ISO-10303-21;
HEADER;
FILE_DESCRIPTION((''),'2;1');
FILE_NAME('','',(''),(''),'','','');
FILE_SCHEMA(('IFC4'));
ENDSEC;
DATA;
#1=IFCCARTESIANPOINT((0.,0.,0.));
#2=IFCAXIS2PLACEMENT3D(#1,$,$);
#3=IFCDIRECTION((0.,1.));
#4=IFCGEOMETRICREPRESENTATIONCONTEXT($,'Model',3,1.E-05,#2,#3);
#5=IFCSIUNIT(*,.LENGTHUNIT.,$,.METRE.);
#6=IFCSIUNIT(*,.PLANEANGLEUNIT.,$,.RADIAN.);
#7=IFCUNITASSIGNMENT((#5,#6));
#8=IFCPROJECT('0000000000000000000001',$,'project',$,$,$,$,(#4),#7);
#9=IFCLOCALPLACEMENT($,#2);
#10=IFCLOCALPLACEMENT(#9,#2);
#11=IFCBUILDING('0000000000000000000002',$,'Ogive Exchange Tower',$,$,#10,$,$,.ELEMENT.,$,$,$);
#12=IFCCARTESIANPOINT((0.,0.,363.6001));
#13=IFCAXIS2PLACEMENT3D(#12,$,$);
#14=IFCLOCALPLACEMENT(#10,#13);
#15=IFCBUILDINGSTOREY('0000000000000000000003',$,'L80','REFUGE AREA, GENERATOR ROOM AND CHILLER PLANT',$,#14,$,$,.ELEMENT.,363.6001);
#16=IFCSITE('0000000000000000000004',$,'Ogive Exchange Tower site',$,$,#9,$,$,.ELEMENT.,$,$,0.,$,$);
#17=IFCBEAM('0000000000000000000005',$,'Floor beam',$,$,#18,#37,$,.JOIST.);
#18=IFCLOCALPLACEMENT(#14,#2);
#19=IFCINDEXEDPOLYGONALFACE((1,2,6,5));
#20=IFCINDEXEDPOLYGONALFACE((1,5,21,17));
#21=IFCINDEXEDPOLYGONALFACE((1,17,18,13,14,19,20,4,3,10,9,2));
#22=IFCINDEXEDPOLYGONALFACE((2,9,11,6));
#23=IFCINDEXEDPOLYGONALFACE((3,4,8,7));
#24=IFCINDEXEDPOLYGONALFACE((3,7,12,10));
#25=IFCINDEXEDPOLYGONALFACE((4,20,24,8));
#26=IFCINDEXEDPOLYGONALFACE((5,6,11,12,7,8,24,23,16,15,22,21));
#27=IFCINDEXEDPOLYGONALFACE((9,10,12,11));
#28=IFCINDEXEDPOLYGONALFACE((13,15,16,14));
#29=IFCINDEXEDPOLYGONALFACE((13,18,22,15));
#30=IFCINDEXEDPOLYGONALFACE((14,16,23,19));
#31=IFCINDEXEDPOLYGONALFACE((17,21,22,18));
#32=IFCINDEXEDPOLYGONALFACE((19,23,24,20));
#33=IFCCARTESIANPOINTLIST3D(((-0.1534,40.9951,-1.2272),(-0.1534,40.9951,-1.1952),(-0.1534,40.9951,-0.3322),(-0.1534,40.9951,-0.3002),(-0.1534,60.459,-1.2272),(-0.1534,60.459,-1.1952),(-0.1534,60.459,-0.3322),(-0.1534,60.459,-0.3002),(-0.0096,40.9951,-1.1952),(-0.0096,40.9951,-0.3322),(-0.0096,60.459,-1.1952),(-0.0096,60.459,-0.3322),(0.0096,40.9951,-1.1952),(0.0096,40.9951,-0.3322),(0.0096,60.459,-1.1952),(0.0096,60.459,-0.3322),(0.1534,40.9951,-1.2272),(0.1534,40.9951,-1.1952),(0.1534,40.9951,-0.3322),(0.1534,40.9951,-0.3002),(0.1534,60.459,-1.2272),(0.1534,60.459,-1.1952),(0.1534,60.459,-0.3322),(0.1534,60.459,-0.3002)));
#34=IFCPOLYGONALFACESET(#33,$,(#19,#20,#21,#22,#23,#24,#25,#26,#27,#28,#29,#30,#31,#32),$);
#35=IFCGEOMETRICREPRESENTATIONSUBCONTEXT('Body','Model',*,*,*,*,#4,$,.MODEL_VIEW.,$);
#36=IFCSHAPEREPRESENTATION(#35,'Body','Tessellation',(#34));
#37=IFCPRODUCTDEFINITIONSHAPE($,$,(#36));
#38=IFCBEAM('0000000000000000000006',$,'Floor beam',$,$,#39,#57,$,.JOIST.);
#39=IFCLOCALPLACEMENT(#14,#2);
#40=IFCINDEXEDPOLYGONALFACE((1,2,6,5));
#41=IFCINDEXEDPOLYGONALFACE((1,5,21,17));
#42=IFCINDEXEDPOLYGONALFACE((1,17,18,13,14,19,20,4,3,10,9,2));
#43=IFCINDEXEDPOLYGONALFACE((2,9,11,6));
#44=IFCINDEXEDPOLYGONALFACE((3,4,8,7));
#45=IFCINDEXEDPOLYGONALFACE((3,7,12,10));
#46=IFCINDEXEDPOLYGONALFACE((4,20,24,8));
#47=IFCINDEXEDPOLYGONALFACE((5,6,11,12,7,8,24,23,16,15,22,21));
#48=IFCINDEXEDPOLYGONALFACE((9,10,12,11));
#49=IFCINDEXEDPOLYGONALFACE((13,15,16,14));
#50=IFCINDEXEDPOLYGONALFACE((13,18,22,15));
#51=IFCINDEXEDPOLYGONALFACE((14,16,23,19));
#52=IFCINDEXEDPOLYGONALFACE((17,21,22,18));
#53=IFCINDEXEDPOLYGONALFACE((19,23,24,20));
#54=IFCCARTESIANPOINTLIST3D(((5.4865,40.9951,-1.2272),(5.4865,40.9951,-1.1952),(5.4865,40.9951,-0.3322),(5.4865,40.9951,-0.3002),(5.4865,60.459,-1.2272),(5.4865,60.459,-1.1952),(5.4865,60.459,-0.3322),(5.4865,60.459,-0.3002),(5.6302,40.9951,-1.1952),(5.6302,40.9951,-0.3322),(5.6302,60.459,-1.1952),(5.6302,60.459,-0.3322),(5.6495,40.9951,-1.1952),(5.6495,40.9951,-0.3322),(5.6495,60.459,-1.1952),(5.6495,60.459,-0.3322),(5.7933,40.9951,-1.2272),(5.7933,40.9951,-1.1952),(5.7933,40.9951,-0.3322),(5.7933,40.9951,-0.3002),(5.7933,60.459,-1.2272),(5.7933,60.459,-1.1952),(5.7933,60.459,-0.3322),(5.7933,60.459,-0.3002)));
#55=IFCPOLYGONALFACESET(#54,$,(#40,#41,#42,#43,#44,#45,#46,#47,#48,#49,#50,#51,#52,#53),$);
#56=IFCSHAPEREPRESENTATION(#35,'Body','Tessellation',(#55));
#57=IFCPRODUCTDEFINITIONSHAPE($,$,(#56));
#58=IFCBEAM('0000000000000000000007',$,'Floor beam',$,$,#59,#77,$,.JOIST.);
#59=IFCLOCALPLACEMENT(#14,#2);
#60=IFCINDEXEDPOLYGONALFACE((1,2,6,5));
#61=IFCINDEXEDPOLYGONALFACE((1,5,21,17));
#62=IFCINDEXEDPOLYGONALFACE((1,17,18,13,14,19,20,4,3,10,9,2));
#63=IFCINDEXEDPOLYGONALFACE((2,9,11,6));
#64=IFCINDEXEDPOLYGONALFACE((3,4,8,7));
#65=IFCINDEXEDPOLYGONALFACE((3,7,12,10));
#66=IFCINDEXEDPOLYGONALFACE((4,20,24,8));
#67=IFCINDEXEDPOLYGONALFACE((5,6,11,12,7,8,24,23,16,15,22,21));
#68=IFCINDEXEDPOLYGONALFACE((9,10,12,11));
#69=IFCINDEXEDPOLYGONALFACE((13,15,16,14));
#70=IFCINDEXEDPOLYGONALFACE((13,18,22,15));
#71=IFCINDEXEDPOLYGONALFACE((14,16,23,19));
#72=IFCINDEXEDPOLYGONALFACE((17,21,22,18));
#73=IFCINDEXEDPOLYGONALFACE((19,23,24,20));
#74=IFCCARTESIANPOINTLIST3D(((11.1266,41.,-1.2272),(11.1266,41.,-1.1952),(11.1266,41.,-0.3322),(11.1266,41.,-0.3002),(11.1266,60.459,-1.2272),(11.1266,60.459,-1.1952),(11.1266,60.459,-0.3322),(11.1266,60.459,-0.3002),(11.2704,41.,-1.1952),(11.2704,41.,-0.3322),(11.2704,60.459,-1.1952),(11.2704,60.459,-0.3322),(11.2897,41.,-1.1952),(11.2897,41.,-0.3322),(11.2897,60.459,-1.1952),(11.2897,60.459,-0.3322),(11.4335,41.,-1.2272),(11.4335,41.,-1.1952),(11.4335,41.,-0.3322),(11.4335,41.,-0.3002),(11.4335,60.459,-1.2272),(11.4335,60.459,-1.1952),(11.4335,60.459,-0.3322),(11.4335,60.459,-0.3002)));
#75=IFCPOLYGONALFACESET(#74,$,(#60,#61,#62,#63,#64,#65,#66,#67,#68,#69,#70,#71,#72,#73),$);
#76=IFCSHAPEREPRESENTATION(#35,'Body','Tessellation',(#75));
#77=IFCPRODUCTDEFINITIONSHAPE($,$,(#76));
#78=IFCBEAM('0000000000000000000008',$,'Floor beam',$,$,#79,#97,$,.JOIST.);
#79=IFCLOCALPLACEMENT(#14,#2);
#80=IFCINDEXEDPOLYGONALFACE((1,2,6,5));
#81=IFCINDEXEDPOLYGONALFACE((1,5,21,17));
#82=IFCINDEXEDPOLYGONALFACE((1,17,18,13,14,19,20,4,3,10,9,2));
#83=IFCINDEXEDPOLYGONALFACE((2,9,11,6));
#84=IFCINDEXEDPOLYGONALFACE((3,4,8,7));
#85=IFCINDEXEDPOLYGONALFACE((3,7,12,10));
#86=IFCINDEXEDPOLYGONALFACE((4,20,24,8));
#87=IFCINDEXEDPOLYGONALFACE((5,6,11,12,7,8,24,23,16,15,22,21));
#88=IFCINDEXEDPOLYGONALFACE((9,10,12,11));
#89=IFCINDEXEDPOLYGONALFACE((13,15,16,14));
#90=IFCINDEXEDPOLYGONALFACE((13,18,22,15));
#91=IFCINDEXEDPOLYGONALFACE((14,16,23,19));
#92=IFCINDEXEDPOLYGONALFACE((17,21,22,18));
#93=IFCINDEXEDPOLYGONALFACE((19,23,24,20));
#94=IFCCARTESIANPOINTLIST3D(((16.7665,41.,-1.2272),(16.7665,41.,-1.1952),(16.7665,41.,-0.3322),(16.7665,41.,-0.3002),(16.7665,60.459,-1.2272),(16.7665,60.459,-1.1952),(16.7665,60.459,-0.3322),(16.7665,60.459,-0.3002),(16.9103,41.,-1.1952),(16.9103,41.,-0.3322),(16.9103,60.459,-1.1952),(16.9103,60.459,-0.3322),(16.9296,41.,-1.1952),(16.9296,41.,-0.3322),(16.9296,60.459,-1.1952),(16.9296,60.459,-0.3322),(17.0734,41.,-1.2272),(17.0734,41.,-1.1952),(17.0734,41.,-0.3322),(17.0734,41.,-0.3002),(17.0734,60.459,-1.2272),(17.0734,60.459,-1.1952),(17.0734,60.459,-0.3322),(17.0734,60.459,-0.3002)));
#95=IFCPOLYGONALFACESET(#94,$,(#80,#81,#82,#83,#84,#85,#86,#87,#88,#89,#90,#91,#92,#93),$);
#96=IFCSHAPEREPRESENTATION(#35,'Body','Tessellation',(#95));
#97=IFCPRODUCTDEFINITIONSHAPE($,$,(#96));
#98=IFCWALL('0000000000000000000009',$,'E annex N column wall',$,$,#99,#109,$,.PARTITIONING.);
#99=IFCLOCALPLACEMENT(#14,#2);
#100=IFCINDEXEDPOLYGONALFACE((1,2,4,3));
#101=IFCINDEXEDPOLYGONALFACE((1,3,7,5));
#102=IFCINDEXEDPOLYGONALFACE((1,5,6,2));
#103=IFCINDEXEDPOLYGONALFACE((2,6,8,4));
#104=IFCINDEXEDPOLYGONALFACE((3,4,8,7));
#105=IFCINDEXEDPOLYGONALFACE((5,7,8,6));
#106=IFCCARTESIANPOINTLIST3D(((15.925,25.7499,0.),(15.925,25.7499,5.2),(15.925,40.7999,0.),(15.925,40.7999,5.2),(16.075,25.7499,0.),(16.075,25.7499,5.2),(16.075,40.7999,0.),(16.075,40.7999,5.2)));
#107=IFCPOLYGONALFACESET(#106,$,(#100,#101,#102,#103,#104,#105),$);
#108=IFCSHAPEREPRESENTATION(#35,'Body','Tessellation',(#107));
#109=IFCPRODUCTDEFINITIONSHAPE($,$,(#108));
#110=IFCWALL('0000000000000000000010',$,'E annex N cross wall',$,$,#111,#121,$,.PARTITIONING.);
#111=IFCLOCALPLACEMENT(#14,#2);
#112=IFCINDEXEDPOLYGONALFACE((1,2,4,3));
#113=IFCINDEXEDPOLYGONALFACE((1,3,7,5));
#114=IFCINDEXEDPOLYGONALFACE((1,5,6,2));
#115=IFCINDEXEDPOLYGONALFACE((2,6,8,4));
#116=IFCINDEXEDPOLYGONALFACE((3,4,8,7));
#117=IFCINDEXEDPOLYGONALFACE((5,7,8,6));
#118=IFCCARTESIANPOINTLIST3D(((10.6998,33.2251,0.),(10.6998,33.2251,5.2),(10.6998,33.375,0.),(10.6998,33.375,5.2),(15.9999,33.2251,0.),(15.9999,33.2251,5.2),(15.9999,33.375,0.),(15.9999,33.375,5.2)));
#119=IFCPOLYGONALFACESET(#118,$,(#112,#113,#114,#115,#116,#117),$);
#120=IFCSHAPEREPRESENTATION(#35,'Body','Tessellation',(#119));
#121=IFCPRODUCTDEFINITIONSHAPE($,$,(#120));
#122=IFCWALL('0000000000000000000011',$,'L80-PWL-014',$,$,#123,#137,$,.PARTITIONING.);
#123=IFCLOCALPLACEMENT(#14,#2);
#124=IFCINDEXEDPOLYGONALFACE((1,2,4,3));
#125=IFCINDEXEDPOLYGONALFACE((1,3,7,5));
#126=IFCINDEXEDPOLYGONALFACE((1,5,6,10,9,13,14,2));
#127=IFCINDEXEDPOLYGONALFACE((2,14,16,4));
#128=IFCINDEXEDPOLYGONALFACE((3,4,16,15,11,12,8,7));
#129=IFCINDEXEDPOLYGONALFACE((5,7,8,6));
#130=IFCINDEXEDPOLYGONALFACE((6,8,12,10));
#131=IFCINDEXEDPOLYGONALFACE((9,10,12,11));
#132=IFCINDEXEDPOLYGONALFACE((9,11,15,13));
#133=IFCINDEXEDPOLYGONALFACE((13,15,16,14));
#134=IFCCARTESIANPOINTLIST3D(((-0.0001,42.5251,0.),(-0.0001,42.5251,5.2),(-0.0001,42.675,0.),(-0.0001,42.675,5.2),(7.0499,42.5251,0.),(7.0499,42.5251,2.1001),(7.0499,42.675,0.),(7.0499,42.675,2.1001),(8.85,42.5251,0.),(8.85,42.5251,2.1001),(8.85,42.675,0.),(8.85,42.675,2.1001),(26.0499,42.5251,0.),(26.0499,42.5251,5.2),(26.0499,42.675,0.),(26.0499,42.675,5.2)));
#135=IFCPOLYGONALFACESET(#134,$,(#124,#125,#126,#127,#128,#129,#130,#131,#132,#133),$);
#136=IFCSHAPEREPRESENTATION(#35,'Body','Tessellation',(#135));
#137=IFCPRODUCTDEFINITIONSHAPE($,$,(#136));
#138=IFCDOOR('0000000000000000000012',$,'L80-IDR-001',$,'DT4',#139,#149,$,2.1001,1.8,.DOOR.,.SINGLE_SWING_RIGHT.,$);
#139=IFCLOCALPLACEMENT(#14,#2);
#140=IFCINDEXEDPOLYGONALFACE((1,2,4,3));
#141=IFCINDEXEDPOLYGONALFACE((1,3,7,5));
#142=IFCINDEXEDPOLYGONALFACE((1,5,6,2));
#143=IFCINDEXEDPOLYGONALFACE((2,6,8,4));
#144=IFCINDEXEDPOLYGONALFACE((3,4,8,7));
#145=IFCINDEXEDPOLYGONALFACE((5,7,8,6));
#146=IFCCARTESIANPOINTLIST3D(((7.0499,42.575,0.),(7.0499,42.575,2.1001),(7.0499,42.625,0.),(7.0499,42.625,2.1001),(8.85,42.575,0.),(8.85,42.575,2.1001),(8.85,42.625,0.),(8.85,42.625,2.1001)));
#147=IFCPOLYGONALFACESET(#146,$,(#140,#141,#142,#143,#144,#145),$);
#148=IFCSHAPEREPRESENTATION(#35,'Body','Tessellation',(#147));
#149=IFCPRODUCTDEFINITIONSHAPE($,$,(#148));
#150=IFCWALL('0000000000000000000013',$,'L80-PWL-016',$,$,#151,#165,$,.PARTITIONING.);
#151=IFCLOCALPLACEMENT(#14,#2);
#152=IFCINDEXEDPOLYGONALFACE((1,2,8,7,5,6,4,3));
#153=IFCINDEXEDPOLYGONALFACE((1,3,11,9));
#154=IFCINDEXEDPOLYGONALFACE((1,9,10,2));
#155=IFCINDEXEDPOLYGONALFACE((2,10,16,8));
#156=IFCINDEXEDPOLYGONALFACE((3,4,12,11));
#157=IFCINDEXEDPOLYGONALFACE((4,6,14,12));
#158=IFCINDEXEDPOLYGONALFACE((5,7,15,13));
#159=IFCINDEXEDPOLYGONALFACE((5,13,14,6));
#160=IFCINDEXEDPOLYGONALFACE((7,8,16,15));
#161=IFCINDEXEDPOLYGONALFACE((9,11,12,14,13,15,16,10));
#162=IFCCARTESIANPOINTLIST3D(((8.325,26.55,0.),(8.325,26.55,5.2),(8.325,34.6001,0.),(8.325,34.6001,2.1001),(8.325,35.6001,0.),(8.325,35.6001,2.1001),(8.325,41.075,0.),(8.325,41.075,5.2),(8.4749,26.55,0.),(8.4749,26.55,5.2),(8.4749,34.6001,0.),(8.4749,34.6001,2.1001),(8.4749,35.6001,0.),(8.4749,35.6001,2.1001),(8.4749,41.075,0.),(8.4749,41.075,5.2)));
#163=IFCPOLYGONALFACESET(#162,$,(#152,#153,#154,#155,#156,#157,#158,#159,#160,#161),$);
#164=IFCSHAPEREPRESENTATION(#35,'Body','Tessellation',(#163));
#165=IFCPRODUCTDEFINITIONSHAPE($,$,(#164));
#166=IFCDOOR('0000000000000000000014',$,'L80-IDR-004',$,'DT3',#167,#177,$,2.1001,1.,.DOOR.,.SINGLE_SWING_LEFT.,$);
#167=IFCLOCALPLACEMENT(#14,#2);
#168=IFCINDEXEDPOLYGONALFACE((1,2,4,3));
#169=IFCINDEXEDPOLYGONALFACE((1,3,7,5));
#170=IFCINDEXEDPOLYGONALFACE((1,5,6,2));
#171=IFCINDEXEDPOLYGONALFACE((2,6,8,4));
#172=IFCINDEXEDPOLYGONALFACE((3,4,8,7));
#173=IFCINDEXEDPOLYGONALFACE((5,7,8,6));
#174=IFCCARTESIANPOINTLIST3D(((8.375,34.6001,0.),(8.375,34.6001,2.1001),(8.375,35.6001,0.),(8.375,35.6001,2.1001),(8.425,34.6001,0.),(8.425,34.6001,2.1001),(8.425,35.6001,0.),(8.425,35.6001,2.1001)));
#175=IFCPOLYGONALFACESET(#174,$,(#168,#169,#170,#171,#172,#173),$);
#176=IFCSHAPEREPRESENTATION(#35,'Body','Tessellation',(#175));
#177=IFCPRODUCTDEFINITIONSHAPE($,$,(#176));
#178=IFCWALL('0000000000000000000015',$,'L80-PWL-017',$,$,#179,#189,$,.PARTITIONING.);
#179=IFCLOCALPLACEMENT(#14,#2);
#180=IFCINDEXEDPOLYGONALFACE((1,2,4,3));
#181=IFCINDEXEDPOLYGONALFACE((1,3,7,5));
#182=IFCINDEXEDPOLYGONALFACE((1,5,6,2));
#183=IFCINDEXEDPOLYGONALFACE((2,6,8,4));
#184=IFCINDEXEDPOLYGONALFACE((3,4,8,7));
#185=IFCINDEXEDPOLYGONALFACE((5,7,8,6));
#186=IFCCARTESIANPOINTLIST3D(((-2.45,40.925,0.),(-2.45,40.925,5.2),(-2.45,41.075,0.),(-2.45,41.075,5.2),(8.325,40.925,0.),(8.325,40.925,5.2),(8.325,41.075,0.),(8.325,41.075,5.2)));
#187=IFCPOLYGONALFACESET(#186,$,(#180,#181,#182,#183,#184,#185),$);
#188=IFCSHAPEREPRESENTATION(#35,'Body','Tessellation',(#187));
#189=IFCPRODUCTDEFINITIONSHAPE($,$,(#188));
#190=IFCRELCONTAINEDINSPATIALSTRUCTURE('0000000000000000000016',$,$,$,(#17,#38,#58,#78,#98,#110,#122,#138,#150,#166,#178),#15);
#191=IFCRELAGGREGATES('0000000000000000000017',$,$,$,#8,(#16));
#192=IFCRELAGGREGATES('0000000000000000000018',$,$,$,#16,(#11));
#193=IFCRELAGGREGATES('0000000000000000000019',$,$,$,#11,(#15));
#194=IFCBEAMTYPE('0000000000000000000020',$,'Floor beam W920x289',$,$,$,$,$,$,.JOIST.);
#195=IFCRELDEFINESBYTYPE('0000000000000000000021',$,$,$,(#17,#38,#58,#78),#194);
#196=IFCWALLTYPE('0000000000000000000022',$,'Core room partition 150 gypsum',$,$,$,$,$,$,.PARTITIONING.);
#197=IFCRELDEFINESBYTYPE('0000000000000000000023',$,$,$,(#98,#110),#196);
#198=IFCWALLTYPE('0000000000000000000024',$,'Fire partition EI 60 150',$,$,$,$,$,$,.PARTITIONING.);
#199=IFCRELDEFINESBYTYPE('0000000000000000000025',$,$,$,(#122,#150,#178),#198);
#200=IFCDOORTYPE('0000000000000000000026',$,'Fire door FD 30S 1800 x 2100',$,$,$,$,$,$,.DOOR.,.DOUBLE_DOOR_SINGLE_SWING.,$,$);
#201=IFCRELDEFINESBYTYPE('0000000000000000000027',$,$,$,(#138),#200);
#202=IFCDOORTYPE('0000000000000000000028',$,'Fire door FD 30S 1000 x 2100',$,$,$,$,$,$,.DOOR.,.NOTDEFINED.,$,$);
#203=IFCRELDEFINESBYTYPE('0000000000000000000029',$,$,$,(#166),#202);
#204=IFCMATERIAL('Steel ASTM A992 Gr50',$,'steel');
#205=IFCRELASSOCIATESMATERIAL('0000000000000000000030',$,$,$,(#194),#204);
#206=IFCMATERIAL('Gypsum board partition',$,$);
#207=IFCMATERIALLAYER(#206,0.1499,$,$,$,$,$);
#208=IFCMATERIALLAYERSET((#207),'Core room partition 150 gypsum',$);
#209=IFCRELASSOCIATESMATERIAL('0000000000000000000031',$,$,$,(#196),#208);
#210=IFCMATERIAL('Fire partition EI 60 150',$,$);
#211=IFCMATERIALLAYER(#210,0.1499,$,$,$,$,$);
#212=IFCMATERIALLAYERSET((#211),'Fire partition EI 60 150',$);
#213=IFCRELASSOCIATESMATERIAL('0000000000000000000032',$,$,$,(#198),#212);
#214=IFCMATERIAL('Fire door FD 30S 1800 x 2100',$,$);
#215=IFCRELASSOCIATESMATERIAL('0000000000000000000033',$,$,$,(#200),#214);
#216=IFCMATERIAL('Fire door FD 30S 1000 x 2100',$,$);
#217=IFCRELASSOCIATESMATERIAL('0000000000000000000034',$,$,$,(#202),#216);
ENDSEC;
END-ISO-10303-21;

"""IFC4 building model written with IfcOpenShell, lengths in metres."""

from ifc_helpers import new_model, si_unit, direction, frame, frame_2d, origin, origin_2d, place, context, subcontext, project, spatial, rectangle, i_section, extrude, material, layer, layer_set, material_profile, profile_set, type_object, element, fill, save


model = new_model("IFC4")

# Units and contexts
model_context = context("Model", 3, precision=1e-05, world=origin(), true_north=direction((0.0, 1.0)))
body_context = subcontext(model_context, "Body", "Model", "MODEL_VIEW")
ifc_project = project(units=[si_unit("LENGTHUNIT", "METRE"), si_unit("PLANEANGLEUNIT", "RADIAN")], contexts=[model_context])

# Site, building, storey
site_placement = place(None, origin())
site = spatial("IfcSite", under=ifc_project, at=site_placement, Name="Ogive Exchange Tower site", CompositionType="ELEMENT", RefElevation=0.0)
building_placement = place(site_placement, origin())
building = spatial("IfcBuilding", under=site, at=building_placement, Name="Ogive Exchange Tower", CompositionType="ELEMENT")
storey_placement = place(building_placement, frame((0.0, 0.0, 363.6001)))
storey = spatial("IfcBuildingStorey", under=building, at=storey_placement, Name="L80", Description="REFUGE AREA, GENERATOR ROOM AND CHILLER PLANT", CompositionType="ELEMENT", Elevation=363.6001)

# Beams
ifc_material_1 = material(Name="Steel ASTM A992 Gr50", Category="steel")
ifc_material_profile = material_profile(ifc_material_1, i_section(OverallWidth=0.3069, OverallDepth=0.927, WebThickness=0.0193, FlangeThickness=0.032, at=origin_2d()), Name="W920x289")
ifc_profile_set = profile_set([ifc_material_profile], Name="Steel ASTM A992 Gr50")
beam_type = type_object("IfcBeamType", Name="Floor beam W920x289", PredefinedType="JOIST", material=ifc_profile_set)
for number, where, z_axis, x_axis, name in (
    (1, (0.0, 40.9951, -0.7637), (0.0, 1.0, 0.0), (-1.0, 0.0, 0.0), "Floor beam"),
    (2, (5.6399, 40.9951, -0.7637), (0.0, 1.0, 0.0), (-1.0, 0.0, 0.0), "Floor beam"),
):
    element("IfcBeam", number, at=place(storey_placement, frame(where, z_axis=z_axis, x_axis=x_axis)), inside=storey, type_object=beam_type, Name=name, PredefinedType="JOIST", context=body_context, shape_type="SweptSolid", body=[
        extrude(i_section(OverallWidth=0.3069, OverallDepth=0.927, WebThickness=0.0193, FlangeThickness=0.032, at=origin_2d()), origin(), (0.0, 0.0, 1.0), 19.4639),
    ])
for number, where, z_axis, x_axis, name in (
    (3, (11.28, 41.0, -0.7637), (0.0, 1.0, 0.0), (-1.0, 0.0, 0.0), "Floor beam"),
    (4, (16.9199, 41.0, -0.7637), (0.0, 1.0, 0.0), (-1.0, 0.0, 0.0), "Floor beam"),
):
    element("IfcBeam", number, at=place(storey_placement, frame(where, z_axis=z_axis, x_axis=x_axis)), inside=storey, type_object=beam_type, Name=name, PredefinedType="JOIST", context=body_context, shape_type="SweptSolid", body=[
        extrude(i_section(OverallWidth=0.3069, OverallDepth=0.927, WebThickness=0.0193, FlangeThickness=0.032, at=origin_2d()), origin(), (0.0, 0.0, 1.0), 19.459),
    ])

# Walls
ifc_material_2 = material(Name="Gypsum board partition")
ifc_layer_1 = layer(ifc_material_2, 0.1499)
ifc_layer_set_1 = layer_set([ifc_layer_1], Name="Core room partition 150 gypsum")
wall_type_1 = type_object("IfcWallType", Name="Core room partition 150 gypsum", PredefinedType="PARTITIONING", material=ifc_layer_set_1)
wall_1_placement = place(storey_placement, frame((16.0, 25.75, 0.0), z_axis=(0.0, 0.0, 1.0), x_axis=(0.0, 1.0, 0.0)))
element("IfcWall", 5, at=wall_1_placement, inside=storey, type_object=wall_type_1, Name="E annex N column wall", PredefinedType="PARTITIONING", context=body_context, shape_type="SweptSolid", body=[
    extrude(rectangle(XDim=15.05, YDim=0.1499, at=frame_2d((7.5249, 0.0))), origin(), (0.0, 0.0, 1.0), 5.2),
])
wall_2_placement = place(storey_placement, frame((10.7, 33.3, 0.0), z_axis=(0.0, 0.0, 1.0), x_axis=(1.0, 0.0, 0.0)))
element("IfcWall", 6, at=wall_2_placement, inside=storey, type_object=wall_type_1, Name="E annex N cross wall", PredefinedType="PARTITIONING", context=body_context, shape_type="SweptSolid", body=[
    extrude(rectangle(XDim=5.3, YDim=0.1499, at=frame_2d((2.6499, 0.0))), origin(), (0.0, 0.0, 1.0), 5.2),
])

# Walls, openings, doors
ifc_material_3 = material(Name="Fire partition EI 60 150")
ifc_layer_2 = layer(ifc_material_3, 0.1499)
ifc_layer_set_2 = layer_set([ifc_layer_2], Name="Fire partition EI 60 150")
wall_type_2 = type_object("IfcWallType", Name="Fire partition EI 60 150", PredefinedType="PARTITIONING", material=ifc_layer_set_2)
wall_3_placement = place(storey_placement, frame((0.0, 42.6001, 0.0), z_axis=(0.0, 0.0, 1.0), x_axis=(1.0, 0.0, 0.0)))
wall_3 = element("IfcWall", 7, at=wall_3_placement, inside=storey, type_object=wall_type_2, Name="L80-PWL-014", PredefinedType="PARTITIONING", context=body_context, shape_type="SweptSolid", body=[
    extrude(rectangle(XDim=26.05, YDim=0.1499, at=frame_2d((13.0249, 0.0))), origin(), (0.0, 0.0, 1.0), 5.2),
])
opening_1_placement = place(wall_3_placement, frame((7.05, 0.0, 0.0)))
opening_1 = element("IfcOpeningElement", 8, at=opening_1_placement, cuts=wall_3, PredefinedType="OPENING", context=body_context, shape_type="SweptSolid", body=[
    extrude(rectangle(XDim=1.8, YDim=2.1001, at=frame_2d((0.8999, 1.05))), frame((0.0, 0.085, 0.0), z_axis=(0.0, -1.0, 0.0), x_axis=(1.0, 0.0, 0.0)), (0.0, 0.0, 1.0), 0.1699),
])
ifc_material_4 = material(Name="Fire door FD 30S 1800 x 2100")
door_type_1 = type_object("IfcDoorType", Name="Fire door FD 30S 1800 x 2100", OperationType="DOUBLE_DOOR_SINGLE_SWING", PredefinedType="DOOR", material=ifc_material_4)
door_1_placement = place(opening_1_placement, origin())
door_1 = element("IfcDoor", 9, at=door_1_placement, inside=storey, type_object=door_type_1, Name="L80-IDR-001", ObjectType="DT4", OperationType="SINGLE_SWING_RIGHT", OverallHeight=2.1001, OverallWidth=1.8, PredefinedType="DOOR", context=body_context, shape_type="SweptSolid", body=[
    extrude(rectangle(XDim=1.8, YDim=2.1001, at=frame_2d((0.8999, 1.05))), frame((0.0, 0.0249, 0.0), z_axis=(0.0, -1.0, 0.0), x_axis=(1.0, 0.0, 0.0)), (0.0, 0.0, 1.0), 0.05),
])
fill(opening_1, door_1)
wall_4_placement = place(storey_placement, frame((8.3999, 26.55, 0.0), z_axis=(0.0, 0.0, 1.0), x_axis=(0.0, 1.0, 0.0)))
wall_4 = element("IfcWall", 10, at=wall_4_placement, inside=storey, type_object=wall_type_2, Name="L80-PWL-016", PredefinedType="PARTITIONING", context=body_context, shape_type="SweptSolid", body=[
    extrude(rectangle(XDim=14.5249, YDim=0.1499, at=frame_2d((7.2625, 0.0))), origin(), (0.0, 0.0, 1.0), 5.2),
])
opening_2_placement = place(wall_4_placement, frame((8.05, 0.0, 0.0)))
opening_2 = element("IfcOpeningElement", 11, at=opening_2_placement, cuts=wall_4, PredefinedType="OPENING", context=body_context, shape_type="SweptSolid", body=[
    extrude(rectangle(XDim=1.0, YDim=2.1001, at=frame_2d((0.5, 1.05))), frame((0.0, 0.085, 0.0), z_axis=(0.0, -1.0, 0.0), x_axis=(1.0, 0.0, 0.0)), (0.0, 0.0, 1.0), 0.1699),
])
ifc_material_5 = material(Name="Fire door FD 30S 1000 x 2100")
door_type_2 = type_object("IfcDoorType", Name="Fire door FD 30S 1000 x 2100", OperationType="NOTDEFINED", PredefinedType="DOOR", material=ifc_material_5)
door_2_placement = place(opening_2_placement, origin())
door_2 = element("IfcDoor", 12, at=door_2_placement, inside=storey, type_object=door_type_2, Name="L80-IDR-004", ObjectType="DT3", OperationType="SINGLE_SWING_LEFT", OverallHeight=2.1001, OverallWidth=1.0, PredefinedType="DOOR", context=body_context, shape_type="SweptSolid", body=[
    extrude(rectangle(XDim=1.0, YDim=2.1001, at=frame_2d((0.5, 1.05))), frame((0.0, 0.0249, 0.0), z_axis=(0.0, -1.0, 0.0), x_axis=(1.0, 0.0, 0.0)), (0.0, 0.0, 1.0), 0.05),
])
fill(opening_2, door_2)

# Wall
wall_5_placement = place(storey_placement, frame((8.325, 41.0, 0.0), z_axis=(0.0, 0.0, 1.0), x_axis=(-1.0, 0.0, 0.0)))
element("IfcWall", 13, at=wall_5_placement, inside=storey, type_object=wall_type_2, Name="L80-PWL-017", PredefinedType="PARTITIONING", context=body_context, shape_type="SweptSolid", body=[
    extrude(rectangle(XDim=10.7749, YDim=0.1499, at=frame_2d((5.3875, 0.0))), origin(), (0.0, 0.0, 1.0), 5.2),
])

save(model, "model.ifc")
